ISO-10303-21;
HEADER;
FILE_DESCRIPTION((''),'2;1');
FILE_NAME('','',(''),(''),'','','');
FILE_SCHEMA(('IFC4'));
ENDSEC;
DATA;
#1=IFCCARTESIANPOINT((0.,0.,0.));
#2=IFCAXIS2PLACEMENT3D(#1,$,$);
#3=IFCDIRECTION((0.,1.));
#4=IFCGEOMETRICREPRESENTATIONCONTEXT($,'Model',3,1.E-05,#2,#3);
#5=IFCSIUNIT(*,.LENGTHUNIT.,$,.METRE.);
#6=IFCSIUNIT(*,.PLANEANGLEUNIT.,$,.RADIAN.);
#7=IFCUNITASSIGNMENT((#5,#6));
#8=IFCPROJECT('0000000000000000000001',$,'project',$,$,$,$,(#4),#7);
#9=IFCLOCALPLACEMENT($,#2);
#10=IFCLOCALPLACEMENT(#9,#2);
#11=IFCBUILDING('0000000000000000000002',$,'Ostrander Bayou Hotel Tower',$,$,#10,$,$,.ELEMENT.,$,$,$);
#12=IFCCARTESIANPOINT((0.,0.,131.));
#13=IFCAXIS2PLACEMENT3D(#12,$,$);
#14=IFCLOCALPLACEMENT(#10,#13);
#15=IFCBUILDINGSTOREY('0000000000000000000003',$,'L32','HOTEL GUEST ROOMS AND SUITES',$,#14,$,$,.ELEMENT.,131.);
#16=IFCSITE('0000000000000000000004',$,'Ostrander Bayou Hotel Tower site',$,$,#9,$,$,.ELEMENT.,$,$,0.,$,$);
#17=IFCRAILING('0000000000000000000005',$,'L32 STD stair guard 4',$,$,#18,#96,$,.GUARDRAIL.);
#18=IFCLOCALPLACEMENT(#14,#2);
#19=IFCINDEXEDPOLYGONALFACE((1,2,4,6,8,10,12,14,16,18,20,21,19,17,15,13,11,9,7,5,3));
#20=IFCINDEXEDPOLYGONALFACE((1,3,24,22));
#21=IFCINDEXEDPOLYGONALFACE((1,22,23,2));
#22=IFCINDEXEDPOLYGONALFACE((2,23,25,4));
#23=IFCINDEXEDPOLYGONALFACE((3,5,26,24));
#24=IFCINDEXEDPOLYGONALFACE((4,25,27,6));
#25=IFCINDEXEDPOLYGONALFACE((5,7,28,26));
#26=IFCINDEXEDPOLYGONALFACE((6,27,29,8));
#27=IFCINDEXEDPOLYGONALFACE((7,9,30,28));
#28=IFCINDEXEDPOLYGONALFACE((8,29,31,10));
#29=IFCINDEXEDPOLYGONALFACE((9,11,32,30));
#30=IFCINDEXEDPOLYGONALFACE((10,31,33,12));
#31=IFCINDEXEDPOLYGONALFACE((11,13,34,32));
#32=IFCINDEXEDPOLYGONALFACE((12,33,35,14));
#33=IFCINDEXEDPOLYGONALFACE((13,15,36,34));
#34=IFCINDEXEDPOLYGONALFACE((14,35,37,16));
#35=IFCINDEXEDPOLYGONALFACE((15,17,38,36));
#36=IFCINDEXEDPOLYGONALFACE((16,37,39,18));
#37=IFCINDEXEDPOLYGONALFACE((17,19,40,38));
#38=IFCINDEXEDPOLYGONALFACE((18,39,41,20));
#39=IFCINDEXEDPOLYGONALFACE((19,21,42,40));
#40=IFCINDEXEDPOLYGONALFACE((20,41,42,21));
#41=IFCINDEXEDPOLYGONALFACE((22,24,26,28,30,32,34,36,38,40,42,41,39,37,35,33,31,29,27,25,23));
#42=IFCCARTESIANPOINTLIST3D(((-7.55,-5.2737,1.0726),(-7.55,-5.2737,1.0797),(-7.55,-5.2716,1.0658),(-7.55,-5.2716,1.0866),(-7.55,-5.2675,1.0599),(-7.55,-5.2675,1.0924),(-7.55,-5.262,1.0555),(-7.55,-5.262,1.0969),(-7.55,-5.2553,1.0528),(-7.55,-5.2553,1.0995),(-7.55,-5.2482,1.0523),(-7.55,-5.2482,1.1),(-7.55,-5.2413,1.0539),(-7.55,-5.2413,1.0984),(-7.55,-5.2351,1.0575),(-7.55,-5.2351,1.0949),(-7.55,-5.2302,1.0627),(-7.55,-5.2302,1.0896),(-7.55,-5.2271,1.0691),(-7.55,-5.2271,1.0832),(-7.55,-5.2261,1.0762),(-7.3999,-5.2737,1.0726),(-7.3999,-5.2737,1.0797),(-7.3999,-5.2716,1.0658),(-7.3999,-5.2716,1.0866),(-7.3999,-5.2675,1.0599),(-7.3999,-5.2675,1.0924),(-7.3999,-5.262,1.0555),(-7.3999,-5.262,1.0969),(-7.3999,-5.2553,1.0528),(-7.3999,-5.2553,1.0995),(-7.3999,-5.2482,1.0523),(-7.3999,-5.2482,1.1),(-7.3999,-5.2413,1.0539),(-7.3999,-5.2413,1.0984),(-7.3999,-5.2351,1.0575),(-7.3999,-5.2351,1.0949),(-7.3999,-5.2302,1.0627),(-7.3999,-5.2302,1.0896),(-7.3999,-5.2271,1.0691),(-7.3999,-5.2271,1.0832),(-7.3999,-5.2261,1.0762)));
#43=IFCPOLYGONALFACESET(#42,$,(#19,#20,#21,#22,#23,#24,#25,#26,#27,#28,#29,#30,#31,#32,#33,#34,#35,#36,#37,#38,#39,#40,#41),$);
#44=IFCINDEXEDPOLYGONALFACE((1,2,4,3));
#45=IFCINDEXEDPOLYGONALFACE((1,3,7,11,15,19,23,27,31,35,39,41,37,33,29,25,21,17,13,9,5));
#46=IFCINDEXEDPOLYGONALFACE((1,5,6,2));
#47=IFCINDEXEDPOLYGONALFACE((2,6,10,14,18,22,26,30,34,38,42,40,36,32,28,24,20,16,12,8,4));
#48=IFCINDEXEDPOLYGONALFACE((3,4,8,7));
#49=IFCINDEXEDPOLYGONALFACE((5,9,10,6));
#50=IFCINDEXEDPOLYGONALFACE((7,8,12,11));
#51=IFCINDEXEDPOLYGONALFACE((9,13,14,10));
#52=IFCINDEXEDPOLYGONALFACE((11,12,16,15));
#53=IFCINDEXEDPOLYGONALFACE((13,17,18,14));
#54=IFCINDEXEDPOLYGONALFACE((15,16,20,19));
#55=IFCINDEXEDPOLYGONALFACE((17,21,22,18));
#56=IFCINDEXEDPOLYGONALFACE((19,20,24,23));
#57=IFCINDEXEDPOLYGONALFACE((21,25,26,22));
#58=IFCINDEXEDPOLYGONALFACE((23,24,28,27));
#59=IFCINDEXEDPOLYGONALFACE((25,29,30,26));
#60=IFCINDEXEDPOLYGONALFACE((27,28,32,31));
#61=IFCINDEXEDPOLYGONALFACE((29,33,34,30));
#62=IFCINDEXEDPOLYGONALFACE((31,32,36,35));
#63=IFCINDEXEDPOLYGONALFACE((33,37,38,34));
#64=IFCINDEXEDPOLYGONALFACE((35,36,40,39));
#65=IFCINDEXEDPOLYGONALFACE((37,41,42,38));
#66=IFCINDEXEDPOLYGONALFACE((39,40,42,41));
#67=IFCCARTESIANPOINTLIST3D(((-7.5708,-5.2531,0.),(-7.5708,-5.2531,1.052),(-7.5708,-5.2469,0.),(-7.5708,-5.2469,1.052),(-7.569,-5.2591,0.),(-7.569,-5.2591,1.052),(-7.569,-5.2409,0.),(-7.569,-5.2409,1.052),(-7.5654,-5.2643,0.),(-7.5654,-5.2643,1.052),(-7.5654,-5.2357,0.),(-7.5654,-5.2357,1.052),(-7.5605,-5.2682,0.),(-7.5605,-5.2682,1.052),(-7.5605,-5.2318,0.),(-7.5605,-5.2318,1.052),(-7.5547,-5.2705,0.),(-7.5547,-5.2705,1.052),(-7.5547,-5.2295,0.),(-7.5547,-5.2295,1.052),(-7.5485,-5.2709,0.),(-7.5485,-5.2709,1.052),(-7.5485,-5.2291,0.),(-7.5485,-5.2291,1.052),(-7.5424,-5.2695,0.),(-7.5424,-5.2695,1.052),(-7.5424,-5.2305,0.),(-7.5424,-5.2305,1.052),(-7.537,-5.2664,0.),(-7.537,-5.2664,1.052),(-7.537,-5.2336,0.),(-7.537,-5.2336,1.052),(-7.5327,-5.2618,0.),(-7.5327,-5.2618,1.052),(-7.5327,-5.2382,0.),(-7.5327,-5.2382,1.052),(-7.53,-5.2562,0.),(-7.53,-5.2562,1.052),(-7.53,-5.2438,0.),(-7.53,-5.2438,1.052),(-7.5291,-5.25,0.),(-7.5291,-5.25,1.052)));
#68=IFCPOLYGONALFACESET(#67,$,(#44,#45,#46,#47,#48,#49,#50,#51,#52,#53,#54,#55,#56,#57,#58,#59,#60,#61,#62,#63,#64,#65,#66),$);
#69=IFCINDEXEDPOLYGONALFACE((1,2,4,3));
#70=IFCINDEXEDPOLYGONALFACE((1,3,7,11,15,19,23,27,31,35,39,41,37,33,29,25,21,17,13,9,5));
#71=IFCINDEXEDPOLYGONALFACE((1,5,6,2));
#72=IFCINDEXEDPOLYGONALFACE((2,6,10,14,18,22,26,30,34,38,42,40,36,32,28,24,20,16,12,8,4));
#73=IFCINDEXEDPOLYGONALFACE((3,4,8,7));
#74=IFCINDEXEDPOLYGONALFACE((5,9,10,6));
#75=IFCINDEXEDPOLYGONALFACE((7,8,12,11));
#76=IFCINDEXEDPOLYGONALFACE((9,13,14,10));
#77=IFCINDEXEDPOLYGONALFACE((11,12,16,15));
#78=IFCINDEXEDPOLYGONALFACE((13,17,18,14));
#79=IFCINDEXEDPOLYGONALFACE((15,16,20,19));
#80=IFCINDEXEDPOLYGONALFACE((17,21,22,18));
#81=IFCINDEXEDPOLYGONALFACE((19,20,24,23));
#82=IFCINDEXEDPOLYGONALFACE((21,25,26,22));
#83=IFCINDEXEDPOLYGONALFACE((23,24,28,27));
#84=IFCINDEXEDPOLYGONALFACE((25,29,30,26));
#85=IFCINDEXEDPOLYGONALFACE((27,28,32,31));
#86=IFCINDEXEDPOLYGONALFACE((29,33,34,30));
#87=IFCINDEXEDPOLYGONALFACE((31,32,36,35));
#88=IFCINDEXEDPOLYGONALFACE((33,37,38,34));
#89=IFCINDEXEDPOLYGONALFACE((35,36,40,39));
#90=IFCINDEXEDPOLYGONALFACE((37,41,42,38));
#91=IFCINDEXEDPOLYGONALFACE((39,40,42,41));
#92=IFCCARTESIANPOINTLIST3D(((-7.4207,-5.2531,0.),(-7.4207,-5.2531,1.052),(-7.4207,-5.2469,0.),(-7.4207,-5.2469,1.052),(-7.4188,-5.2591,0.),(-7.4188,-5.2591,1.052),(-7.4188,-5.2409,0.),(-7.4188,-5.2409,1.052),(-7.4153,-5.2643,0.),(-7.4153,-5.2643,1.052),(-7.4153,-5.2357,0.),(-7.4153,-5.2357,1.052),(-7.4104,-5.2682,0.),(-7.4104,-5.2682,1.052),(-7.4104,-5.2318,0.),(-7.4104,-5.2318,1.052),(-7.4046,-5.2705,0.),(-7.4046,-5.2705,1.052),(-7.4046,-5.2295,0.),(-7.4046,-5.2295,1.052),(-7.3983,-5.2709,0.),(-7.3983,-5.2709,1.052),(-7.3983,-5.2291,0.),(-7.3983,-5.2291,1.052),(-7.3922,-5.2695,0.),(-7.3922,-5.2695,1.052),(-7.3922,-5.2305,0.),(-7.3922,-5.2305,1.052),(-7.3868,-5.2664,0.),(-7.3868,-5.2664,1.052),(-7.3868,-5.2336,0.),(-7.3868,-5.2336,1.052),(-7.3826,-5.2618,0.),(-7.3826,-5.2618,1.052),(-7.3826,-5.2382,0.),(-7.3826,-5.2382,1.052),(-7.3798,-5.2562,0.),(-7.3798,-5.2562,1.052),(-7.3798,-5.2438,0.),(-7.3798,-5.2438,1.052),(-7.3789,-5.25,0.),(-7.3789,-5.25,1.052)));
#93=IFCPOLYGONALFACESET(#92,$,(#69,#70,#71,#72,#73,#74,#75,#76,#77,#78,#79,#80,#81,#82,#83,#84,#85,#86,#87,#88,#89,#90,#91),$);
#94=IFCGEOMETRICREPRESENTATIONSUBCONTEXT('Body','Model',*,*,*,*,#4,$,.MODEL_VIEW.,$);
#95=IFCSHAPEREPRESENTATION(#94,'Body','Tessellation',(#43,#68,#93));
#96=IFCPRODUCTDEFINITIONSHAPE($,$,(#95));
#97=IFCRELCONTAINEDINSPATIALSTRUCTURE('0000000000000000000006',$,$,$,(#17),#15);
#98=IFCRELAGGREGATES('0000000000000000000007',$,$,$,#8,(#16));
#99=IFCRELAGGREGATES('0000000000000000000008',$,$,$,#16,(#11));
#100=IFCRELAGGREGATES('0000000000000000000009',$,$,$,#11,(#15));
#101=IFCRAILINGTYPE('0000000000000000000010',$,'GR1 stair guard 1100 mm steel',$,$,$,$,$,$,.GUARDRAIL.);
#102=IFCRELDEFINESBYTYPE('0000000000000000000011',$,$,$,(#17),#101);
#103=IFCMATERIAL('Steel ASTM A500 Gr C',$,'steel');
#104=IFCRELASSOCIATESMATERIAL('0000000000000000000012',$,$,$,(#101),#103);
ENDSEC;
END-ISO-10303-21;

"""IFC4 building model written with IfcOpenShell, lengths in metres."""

from ifc_helpers import new_model, si_unit, direction, frame, origin, origin_2d, place, context, subcontext, project, spatial, circle, extrude, material, type_object, element, save


model = new_model("IFC4")

# Units and contexts
model_context = context("Model", 3, precision=1e-05, world=origin(), true_north=direction((0.0, 1.0)))
body_context = subcontext(model_context, "Body", "Model", "MODEL_VIEW")
ifc_project = project(units=[si_unit("LENGTHUNIT", "METRE"), si_unit("PLANEANGLEUNIT", "RADIAN")], contexts=[model_context])

# Site, building, storey
site_placement = place(None, origin())
site = spatial("IfcSite", under=ifc_project, at=site_placement, Name="Ostrander Bayou Hotel Tower site", CompositionType="ELEMENT", RefElevation=0.0)
building_placement = place(site_placement, origin())
building = spatial("IfcBuilding", under=site, at=building_placement, Name="Ostrander Bayou Hotel Tower", CompositionType="ELEMENT")
storey_placement = place(building_placement, frame((0.0, 0.0, 131.0)))
storey = spatial("IfcBuildingStorey", under=building, at=storey_placement, Name="L32", Description="HOTEL GUEST ROOMS AND SUITES", CompositionType="ELEMENT", Elevation=131.0)

# Railing
ifc_material_1 = material(Name="Steel ASTM A500 Gr C", Category="steel")
railing_type_1 = type_object("IfcRailingType", Name="GR1 stair guard 1100 mm steel", PredefinedType="GUARDRAIL", material=ifc_material_1)
railing_1_placement = place(storey_placement, frame((-7.55, -5.25, 0.0)))
element("IfcRailing", 1, at=railing_1_placement, inside=storey, type_object=railing_type_1, Name="L32 STD stair guard 4", PredefinedType="GUARDRAIL", context=body_context, shape_type="SweptSolid", body=[
    extrude(circle(Radius=0.0239, at=origin_2d()), frame((0.0, 0.0, 1.0762), z_axis=(1.0, 0.0, 0.0), x_axis=(0.0, 1.0, 0.0)), (0.0, 0.0, 1.0), 0.1501),
    extrude(circle(Radius=0.021, at=origin_2d()), origin(), (0.0, 0.0, 1.0), 1.052),
    extrude(circle(Radius=0.021, at=origin_2d()), frame((0.1501, 0.0, 0.0)), (0.0, 0.0, 1.0), 1.052),
])

save(model, "model.ifc")
